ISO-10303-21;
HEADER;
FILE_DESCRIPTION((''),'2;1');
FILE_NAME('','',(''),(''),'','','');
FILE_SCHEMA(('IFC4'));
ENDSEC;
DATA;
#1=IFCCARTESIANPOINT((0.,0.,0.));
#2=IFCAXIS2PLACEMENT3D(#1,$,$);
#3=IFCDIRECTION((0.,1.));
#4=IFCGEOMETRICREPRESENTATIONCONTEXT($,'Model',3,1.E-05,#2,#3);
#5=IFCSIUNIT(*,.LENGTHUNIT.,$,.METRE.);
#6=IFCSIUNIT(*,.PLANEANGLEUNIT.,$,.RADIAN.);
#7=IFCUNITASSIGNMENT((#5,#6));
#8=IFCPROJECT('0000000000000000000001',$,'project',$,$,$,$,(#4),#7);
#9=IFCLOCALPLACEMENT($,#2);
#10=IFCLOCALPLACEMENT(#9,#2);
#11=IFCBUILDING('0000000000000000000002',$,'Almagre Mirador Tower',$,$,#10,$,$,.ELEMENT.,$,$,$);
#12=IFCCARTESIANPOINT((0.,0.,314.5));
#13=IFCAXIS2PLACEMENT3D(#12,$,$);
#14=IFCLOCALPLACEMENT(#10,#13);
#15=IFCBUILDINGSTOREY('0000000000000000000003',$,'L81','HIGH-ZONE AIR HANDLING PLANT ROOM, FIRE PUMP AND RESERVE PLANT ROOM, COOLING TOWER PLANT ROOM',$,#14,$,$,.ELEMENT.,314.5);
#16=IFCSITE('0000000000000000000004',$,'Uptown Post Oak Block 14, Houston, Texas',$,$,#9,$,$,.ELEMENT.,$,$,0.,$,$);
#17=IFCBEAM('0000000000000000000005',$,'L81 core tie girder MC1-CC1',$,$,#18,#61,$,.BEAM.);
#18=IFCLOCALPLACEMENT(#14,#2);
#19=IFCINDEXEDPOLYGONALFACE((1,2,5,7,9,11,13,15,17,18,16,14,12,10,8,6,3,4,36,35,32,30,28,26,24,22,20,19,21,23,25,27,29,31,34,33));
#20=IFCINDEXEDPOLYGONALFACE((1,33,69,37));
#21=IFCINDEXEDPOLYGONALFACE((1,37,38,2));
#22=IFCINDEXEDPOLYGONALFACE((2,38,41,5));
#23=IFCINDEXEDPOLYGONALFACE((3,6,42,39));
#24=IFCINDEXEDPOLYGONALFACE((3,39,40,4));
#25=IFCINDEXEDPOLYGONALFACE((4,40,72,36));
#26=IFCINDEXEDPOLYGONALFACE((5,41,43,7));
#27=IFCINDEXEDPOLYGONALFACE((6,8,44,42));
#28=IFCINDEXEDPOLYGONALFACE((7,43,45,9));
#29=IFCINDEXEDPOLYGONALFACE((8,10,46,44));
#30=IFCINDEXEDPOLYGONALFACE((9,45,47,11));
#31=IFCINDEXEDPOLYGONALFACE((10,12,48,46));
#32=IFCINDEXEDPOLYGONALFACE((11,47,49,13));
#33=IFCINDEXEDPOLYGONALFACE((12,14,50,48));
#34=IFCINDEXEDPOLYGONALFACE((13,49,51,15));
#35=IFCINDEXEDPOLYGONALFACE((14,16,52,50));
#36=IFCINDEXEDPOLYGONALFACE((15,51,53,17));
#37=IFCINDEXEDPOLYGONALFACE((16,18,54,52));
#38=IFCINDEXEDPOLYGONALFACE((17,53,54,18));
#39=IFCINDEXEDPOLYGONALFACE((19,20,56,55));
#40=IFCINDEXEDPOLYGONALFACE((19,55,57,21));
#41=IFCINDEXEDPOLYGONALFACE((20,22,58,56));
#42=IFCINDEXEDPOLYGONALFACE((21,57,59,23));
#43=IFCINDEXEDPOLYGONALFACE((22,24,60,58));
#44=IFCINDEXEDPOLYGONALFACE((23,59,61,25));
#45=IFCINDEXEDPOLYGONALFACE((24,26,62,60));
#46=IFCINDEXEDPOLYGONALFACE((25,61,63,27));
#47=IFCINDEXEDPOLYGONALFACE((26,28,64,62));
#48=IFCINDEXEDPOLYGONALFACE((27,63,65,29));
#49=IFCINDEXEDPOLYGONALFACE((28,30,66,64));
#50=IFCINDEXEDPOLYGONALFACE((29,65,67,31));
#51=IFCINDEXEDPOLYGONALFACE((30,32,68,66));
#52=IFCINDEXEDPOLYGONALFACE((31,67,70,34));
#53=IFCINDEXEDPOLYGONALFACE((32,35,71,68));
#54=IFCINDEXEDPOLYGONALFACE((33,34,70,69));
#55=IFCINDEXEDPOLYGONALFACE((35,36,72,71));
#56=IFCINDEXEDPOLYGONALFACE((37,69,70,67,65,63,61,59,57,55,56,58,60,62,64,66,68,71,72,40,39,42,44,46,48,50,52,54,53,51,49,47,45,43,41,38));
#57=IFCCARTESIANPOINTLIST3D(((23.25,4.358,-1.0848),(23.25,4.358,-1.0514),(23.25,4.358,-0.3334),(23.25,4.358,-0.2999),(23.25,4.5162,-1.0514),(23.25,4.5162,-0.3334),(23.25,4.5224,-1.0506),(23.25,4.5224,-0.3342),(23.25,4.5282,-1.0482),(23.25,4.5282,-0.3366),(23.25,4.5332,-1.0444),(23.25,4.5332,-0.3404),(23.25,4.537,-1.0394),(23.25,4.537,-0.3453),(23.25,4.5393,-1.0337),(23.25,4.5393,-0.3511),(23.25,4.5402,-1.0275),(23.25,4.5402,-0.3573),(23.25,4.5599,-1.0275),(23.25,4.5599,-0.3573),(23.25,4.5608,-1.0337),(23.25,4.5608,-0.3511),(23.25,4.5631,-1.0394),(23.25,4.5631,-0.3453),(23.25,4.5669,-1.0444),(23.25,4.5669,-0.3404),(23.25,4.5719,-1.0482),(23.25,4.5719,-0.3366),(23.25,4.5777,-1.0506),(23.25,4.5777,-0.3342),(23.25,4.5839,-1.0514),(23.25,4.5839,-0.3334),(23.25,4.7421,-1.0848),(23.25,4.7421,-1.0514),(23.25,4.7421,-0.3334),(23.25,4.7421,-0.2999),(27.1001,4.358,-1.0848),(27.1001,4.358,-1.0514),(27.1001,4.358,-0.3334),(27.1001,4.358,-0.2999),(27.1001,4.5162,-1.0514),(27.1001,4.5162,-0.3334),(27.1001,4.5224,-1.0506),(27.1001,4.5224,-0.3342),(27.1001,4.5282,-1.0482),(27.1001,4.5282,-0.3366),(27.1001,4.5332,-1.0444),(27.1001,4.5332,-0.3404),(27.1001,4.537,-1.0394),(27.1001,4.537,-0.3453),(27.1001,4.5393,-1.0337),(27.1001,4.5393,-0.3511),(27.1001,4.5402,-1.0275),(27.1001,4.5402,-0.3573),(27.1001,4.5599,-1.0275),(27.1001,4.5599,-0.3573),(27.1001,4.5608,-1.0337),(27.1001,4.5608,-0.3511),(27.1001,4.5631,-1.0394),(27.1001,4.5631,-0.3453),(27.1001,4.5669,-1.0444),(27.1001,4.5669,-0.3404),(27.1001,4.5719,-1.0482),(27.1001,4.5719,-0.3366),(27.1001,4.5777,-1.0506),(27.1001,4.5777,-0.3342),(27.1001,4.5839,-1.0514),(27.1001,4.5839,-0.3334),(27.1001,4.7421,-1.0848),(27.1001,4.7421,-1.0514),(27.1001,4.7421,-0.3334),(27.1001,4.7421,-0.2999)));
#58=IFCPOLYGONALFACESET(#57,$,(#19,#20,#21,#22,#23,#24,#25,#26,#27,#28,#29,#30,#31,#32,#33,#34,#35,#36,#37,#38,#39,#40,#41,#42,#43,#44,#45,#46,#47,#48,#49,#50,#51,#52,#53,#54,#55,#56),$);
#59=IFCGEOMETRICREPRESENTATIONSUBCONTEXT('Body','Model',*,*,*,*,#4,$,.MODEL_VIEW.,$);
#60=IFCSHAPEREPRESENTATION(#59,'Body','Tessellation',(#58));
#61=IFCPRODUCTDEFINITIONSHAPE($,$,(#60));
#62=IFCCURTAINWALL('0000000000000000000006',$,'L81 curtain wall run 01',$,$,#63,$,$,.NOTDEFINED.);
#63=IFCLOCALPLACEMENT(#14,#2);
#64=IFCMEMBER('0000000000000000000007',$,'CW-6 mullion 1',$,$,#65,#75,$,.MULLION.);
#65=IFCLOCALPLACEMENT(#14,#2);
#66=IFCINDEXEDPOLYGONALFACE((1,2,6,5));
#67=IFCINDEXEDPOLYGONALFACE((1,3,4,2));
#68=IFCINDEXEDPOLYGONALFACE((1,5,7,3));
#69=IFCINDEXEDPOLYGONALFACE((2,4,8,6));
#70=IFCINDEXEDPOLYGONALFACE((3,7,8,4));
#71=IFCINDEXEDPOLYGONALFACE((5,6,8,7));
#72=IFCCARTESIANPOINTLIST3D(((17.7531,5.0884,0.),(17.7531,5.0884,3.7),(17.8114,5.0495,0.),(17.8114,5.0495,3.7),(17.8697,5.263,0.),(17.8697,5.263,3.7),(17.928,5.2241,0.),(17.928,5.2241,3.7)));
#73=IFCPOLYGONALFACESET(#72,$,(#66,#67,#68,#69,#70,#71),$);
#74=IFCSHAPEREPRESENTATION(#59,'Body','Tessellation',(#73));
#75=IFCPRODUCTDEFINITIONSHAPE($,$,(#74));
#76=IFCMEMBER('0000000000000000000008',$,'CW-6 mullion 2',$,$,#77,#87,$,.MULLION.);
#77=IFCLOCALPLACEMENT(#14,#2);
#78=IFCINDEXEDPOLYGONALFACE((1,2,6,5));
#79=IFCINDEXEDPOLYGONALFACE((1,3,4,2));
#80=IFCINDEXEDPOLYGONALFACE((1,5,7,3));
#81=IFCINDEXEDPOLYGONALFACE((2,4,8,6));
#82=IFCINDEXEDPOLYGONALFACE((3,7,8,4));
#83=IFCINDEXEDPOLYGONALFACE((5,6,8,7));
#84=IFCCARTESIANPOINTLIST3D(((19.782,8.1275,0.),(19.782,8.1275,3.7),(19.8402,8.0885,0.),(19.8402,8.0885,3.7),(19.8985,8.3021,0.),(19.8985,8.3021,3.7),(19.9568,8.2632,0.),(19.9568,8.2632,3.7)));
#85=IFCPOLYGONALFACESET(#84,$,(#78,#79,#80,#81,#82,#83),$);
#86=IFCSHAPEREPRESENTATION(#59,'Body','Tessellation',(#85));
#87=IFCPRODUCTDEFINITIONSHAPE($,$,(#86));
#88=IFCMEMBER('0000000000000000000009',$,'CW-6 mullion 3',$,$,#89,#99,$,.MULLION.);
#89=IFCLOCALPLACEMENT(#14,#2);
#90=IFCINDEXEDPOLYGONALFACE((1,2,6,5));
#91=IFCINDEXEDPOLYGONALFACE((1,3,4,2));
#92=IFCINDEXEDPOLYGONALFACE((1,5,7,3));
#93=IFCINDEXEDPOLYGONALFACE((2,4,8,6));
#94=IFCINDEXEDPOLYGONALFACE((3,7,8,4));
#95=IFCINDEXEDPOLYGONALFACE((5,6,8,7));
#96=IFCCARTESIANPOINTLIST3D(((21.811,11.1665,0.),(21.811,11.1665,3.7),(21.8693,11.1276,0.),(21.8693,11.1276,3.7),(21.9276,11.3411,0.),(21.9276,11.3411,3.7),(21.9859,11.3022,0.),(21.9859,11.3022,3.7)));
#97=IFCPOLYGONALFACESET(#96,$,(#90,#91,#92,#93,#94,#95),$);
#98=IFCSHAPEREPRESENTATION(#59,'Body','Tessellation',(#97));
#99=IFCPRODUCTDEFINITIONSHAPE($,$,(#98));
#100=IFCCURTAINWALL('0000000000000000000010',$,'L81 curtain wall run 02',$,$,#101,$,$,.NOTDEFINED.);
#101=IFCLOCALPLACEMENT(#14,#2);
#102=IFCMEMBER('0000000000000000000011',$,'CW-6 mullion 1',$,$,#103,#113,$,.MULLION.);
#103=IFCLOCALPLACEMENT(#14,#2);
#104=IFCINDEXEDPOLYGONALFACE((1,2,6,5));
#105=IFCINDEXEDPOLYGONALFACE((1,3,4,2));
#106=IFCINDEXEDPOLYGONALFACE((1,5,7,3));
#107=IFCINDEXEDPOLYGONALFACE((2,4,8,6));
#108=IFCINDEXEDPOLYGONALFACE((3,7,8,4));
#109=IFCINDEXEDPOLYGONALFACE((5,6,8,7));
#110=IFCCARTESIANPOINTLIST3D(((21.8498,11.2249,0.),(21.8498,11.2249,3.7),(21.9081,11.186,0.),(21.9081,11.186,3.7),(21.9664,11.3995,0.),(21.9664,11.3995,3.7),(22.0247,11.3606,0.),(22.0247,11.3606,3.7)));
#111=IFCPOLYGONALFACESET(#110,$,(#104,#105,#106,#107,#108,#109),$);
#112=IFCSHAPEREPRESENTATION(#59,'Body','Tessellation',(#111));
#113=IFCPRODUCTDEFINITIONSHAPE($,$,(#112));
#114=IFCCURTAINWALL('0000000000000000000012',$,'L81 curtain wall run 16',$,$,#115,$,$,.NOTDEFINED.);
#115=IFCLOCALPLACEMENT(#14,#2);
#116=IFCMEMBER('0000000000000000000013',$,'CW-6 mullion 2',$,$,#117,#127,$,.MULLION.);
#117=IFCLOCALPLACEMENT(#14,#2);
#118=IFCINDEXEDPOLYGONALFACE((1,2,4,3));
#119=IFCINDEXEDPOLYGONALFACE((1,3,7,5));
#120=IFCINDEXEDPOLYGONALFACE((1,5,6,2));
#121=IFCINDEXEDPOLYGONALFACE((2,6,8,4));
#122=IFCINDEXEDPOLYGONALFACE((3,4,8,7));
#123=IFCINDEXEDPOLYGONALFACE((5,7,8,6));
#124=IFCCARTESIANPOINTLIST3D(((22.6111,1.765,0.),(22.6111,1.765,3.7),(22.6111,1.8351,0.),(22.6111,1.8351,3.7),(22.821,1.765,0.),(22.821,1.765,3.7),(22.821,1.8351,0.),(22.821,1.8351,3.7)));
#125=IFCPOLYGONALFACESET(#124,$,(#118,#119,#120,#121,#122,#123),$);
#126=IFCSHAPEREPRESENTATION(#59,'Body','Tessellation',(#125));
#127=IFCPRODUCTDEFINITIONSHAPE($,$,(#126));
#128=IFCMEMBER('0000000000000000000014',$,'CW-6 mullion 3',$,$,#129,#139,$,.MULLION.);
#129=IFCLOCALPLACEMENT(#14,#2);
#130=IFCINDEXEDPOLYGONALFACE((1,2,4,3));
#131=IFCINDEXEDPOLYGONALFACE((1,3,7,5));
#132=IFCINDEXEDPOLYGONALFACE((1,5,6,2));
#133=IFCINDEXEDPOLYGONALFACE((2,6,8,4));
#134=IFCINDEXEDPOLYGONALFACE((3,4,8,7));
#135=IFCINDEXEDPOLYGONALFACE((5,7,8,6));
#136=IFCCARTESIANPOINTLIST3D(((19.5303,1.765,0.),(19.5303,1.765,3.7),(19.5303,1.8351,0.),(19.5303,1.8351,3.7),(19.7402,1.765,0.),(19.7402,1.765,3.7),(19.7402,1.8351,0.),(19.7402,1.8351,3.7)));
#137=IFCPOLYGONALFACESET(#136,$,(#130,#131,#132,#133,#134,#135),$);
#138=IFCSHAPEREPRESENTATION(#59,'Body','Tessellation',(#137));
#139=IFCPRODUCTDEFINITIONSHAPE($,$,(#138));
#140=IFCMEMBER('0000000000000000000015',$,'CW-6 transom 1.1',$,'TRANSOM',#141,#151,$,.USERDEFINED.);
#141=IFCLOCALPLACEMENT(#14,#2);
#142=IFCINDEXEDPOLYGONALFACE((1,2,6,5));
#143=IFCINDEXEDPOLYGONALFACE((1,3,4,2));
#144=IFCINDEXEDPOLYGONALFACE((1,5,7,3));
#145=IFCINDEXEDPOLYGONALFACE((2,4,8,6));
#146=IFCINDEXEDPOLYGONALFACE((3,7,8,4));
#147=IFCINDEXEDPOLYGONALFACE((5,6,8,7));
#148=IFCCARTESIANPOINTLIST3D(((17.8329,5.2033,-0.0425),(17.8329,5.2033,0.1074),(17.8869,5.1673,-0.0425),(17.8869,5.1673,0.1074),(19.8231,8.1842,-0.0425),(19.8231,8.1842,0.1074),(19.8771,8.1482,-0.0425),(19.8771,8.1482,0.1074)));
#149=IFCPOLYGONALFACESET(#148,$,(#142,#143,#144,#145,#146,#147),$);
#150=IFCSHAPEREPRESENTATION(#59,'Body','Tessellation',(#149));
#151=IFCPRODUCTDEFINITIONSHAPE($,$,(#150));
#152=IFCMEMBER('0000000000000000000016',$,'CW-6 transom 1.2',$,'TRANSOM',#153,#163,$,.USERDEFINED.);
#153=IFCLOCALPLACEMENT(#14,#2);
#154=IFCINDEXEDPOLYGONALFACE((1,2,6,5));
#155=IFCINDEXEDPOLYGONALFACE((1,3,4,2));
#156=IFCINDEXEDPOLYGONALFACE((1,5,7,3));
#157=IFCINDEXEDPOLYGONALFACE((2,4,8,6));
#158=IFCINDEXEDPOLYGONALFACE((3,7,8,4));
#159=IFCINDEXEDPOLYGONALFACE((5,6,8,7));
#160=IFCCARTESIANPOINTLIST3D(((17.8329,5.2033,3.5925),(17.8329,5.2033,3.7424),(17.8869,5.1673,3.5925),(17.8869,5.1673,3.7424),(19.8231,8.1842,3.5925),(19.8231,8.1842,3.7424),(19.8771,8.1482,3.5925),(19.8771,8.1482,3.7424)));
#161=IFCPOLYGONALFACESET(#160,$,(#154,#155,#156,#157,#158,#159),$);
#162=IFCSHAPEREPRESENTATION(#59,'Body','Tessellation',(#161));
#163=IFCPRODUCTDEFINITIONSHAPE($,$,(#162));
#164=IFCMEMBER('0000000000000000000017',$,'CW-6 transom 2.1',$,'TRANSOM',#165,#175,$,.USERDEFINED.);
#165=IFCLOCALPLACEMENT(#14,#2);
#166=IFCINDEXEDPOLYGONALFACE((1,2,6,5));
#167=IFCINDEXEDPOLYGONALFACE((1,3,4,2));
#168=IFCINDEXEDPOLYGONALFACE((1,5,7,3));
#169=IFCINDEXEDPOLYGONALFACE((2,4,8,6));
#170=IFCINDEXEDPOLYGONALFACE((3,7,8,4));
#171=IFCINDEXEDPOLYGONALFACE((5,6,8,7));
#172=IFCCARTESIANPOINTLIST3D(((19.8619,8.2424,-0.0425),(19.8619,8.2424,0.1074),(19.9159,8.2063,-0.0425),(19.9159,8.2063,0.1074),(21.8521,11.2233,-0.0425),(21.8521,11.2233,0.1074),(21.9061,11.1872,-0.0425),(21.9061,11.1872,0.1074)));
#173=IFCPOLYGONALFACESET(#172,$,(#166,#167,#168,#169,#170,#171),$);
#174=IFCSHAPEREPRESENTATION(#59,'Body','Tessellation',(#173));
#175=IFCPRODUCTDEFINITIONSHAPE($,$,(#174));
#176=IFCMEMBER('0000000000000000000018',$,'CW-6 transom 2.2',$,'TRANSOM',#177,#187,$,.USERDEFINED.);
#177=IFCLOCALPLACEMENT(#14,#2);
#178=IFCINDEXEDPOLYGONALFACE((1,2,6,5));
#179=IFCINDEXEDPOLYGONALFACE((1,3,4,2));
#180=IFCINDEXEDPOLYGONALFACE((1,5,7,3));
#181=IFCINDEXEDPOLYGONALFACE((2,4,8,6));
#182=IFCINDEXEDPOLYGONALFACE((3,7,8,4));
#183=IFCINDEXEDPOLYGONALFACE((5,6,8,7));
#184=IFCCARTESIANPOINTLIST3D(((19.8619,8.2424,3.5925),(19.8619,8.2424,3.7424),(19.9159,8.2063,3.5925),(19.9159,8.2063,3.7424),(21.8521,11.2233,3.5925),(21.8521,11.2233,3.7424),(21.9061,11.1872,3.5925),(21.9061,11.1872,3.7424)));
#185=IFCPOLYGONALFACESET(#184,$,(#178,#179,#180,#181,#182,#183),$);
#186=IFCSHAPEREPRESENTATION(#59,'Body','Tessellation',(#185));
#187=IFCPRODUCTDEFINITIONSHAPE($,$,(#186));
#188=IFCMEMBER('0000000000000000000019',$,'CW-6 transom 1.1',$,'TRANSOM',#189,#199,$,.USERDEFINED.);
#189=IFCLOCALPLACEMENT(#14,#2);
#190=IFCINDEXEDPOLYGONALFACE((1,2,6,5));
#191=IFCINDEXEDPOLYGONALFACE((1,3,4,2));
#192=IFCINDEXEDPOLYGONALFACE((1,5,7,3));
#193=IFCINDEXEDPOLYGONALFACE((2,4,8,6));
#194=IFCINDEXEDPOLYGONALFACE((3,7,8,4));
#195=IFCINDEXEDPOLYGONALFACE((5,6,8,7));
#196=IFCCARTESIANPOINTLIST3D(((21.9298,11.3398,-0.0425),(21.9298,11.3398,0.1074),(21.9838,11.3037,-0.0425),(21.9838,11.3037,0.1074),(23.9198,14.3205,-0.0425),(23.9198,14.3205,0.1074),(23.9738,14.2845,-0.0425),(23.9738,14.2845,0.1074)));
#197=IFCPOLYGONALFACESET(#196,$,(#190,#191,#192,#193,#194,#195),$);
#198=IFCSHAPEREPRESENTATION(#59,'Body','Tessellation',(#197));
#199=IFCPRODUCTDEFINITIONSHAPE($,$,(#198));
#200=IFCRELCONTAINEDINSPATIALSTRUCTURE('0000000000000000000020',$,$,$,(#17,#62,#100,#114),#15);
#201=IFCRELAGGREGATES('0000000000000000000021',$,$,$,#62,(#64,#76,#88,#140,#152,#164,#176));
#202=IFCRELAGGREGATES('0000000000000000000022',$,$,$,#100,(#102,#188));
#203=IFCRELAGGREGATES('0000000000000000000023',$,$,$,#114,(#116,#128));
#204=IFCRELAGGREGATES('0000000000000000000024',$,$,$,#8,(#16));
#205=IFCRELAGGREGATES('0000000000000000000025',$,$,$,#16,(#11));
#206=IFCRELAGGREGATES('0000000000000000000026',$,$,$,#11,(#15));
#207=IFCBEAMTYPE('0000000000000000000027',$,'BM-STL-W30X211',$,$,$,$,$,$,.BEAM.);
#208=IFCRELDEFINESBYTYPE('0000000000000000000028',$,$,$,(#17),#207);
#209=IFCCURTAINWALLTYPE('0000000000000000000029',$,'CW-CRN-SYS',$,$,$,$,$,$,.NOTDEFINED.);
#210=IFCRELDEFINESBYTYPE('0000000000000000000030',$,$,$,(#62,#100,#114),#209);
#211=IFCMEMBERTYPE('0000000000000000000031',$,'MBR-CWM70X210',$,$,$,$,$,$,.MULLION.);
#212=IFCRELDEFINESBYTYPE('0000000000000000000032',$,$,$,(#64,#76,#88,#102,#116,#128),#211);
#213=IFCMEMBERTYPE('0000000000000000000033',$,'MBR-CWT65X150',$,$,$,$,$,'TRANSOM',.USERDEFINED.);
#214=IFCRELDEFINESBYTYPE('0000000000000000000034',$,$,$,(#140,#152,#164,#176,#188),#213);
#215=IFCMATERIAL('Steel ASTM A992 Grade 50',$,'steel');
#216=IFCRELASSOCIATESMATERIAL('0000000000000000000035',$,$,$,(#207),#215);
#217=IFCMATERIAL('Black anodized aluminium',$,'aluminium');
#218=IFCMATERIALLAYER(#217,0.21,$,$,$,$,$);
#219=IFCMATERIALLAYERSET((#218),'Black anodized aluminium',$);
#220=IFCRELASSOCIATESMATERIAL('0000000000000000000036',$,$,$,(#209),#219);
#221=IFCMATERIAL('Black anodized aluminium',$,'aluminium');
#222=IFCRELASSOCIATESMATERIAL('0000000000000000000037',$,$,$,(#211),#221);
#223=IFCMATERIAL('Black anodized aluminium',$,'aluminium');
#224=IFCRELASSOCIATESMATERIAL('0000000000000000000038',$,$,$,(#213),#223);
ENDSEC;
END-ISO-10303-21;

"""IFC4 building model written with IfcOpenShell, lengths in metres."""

from ifc_helpers import new_model, si_unit, direction, frame, origin, origin_2d, place, context, subcontext, project, spatial, rectangle, i_section, extrude, material, layer, layer_set, material_profile, profile_set, type_object, element, aggregate, save


model = new_model("IFC4")

# Units and contexts
model_context = context("Model", 3, precision=1e-05, world=origin(), true_north=direction((0.0, 1.0)))
body_context = subcontext(model_context, "Body", "Model", "MODEL_VIEW")
ifc_project = project(units=[si_unit("LENGTHUNIT", "METRE"), si_unit("PLANEANGLEUNIT", "RADIAN")], contexts=[model_context])

# Site, building, storey
site_placement = place(None, origin())
site = spatial("IfcSite", under=ifc_project, at=site_placement, Name="Uptown Post Oak Block 14, Houston, Texas", CompositionType="ELEMENT", RefElevation=0.0)
building_placement = place(site_placement, origin())
building = spatial("IfcBuilding", under=site, at=building_placement, Name="Almagre Mirador Tower", CompositionType="ELEMENT")
storey_placement = place(building_placement, frame((0.0, 0.0, 314.5)))
storey = spatial("IfcBuildingStorey", under=building, at=storey_placement, Name="L81", Description="HIGH-ZONE AIR HANDLING PLANT ROOM, FIRE PUMP AND RESERVE PLANT ROOM, COOLING TOWER PLANT ROOM", CompositionType="ELEMENT", Elevation=314.5)

# Beam
ifc_material_1 = material(Name="Steel ASTM A992 Grade 50", Category="steel")
ifc_material_profile_1 = material_profile(ifc_material_1, i_section(OverallWidth=0.384, OverallDepth=0.7849, WebThickness=0.0198, FlangeThickness=0.0334, FilletRadius=0.0239, at=origin_2d()), Name="W30X211")
ifc_profile_set_1 = profile_set([ifc_material_profile_1], Name="Steel ASTM A992 Grade 50")
beam_type_1 = type_object("IfcBeamType", Name="BM-STL-W30X211", PredefinedType="BEAM", material=ifc_profile_set_1)
beam_1_placement = place(storey_placement, frame((23.25, 4.55, -0.6924), z_axis=(1.0, 0.0, 0.0), x_axis=(0.0, 1.0, 0.0)))
element("IfcBeam", 1, at=beam_1_placement, inside=storey, type_object=beam_type_1, Name="L81 core tie girder MC1-CC1", PredefinedType="BEAM", context=body_context, shape_type="SweptSolid", body=[
    extrude(i_section(OverallWidth=0.384, OverallDepth=0.7849, WebThickness=0.0198, FlangeThickness=0.0334, FilletRadius=0.0239, at=origin_2d()), origin(), (0.0, 0.0, 1.0), 3.8501),
])

# Curtain wall, members
ifc_material_2 = material(Name="Black anodized aluminium", Category="aluminium")
ifc_layer_1 = layer(ifc_material_2, 0.21)
ifc_layer_set_1 = layer_set([ifc_layer_1], Name="Black anodized aluminium")
curtain_wall_type = type_object("IfcCurtainWallType", Name="CW-CRN-SYS", PredefinedType="NOTDEFINED", material=ifc_layer_set_1)
curtain_wall_1_placement = place(storey_placement, origin())
curtain_wall_1 = element("IfcCurtainWall", 2, at=curtain_wall_1_placement, inside=storey, type_object=curtain_wall_type, Name="L81 curtain wall run 01", PredefinedType="NOTDEFINED")
ifc_material_3 = material(Name="Black anodized aluminium", Category="aluminium")
ifc_material_profile_2 = material_profile(ifc_material_3, rectangle(XDim=0.0701, YDim=0.21, at=origin_2d()), Name="CWM70X210")
ifc_profile_set_2 = profile_set([ifc_material_profile_2], Name="Black anodized aluminium")
member_type_1 = type_object("IfcMemberType", Name="MBR-CWM70X210", PredefinedType="MULLION", material=ifc_profile_set_2)
member_1_placement = place(storey_placement, frame((17.8406, 5.1562, 0.0), z_axis=(0.0, 0.0, 1.0), x_axis=(-0.831679, 0.555257, 0.0)))
member_1 = element("IfcMember", 3, at=member_1_placement, type_object=member_type_1, Name="CW-6 mullion 1", PredefinedType="MULLION", context=body_context, shape_type="SweptSolid", body=[
    extrude(rectangle(XDim=0.0701, YDim=0.21, at=origin_2d()), origin(), (0.0, 0.0, 1.0), 3.7),
])
member_2_placement = place(storey_placement, frame((19.8694, 8.1953, 0.0), z_axis=(0.0, 0.0, 1.0), x_axis=(-0.831679, 0.555257, 0.0)))
member_2 = element("IfcMember", 4, at=member_2_placement, type_object=member_type_1, Name="CW-6 mullion 2", PredefinedType="MULLION", context=body_context, shape_type="SweptSolid", body=[
    extrude(rectangle(XDim=0.0701, YDim=0.21, at=origin_2d()), origin(), (0.0, 0.0, 1.0), 3.7),
])
member_3_placement = place(storey_placement, frame((21.8984, 11.2344, 0.0), z_axis=(0.0, 0.0, 1.0), x_axis=(-0.831679, 0.555257, 0.0)))
member_3 = element("IfcMember", 5, at=member_3_placement, type_object=member_type_1, Name="CW-6 mullion 3", PredefinedType="MULLION", context=body_context, shape_type="SweptSolid", body=[
    extrude(rectangle(XDim=0.0701, YDim=0.21, at=origin_2d()), origin(), (0.0, 0.0, 1.0), 3.7),
])

# Curtain wall, member
curtain_wall_2_placement = place(storey_placement, origin())
curtain_wall_2 = element("IfcCurtainWall", 6, at=curtain_wall_2_placement, inside=storey, type_object=curtain_wall_type, Name="L81 curtain wall run 02", PredefinedType="NOTDEFINED")
member_4_placement = place(storey_placement, frame((21.9373, 11.2927, 0.0), z_axis=(0.0, 0.0, 1.0), x_axis=(-0.831685, 0.555247, 0.0)))
member_4 = element("IfcMember", 7, at=member_4_placement, type_object=member_type_1, Name="CW-6 mullion 1", PredefinedType="MULLION", context=body_context, shape_type="SweptSolid", body=[
    extrude(rectangle(XDim=0.0701, YDim=0.21, at=origin_2d()), origin(), (0.0, 0.0, 1.0), 3.7),
])

# Curtain wall, members
curtain_wall_3_placement = place(storey_placement, origin())
curtain_wall_3 = element("IfcCurtainWall", 8, at=curtain_wall_3_placement, inside=storey, type_object=curtain_wall_type, Name="L81 curtain wall run 16", PredefinedType="NOTDEFINED")
member_5_placement = place(storey_placement, frame((22.7161, 1.8, 0.0), z_axis=(0.0, 0.0, 1.0), x_axis=(0.0, -1.0, 0.0)))
member_5 = element("IfcMember", 9, at=member_5_placement, type_object=member_type_1, Name="CW-6 mullion 2", PredefinedType="MULLION", context=body_context, shape_type="SweptSolid", body=[
    extrude(rectangle(XDim=0.0701, YDim=0.21, at=origin_2d()), origin(), (0.0, 0.0, 1.0), 3.7),
])
member_6_placement = place(storey_placement, frame((19.6353, 1.8, 0.0), z_axis=(0.0, 0.0, 1.0), x_axis=(0.0, -1.0, 0.0)))
member_6 = element("IfcMember", 10, at=member_6_placement, type_object=member_type_1, Name="CW-6 mullion 3", PredefinedType="MULLION", context=body_context, shape_type="SweptSolid", body=[
    extrude(rectangle(XDim=0.0701, YDim=0.21, at=origin_2d()), origin(), (0.0, 0.0, 1.0), 3.7),
])

# Members
ifc_material_4 = material(Name="Black anodized aluminium", Category="aluminium")
ifc_material_profile_3 = material_profile(ifc_material_4, rectangle(XDim=0.0649, YDim=0.1499, at=origin_2d()), Name="CWT65X150")
ifc_profile_set_3 = profile_set([ifc_material_profile_3], Name="Black anodized aluminium")
member_type_2 = type_object("IfcMemberType", Name="MBR-CWT65X150", ElementType="TRANSOM", PredefinedType="USERDEFINED", material=ifc_profile_set_3)
member_7_placement = place(storey_placement, frame((17.8599, 5.1853, 0.0325), z_axis=(0.555266, 0.831673, 0.0), x_axis=(-0.831673, 0.555266, 0.0)))
member_7 = element("IfcMember", 11, at=member_7_placement, type_object=member_type_2, Name="CW-6 transom 1.1", ObjectType="TRANSOM", PredefinedType="USERDEFINED", context=body_context, shape_type="SweptSolid", body=[
    extrude(rectangle(XDim=0.0649, YDim=0.1499, at=origin_2d()), origin(), (0.0, 0.0, 1.0), 3.5842),
])
member_8_placement = place(storey_placement, frame((17.8599, 5.1853, 3.6675), z_axis=(0.555266, 0.831673, 0.0), x_axis=(-0.831673, 0.555266, 0.0)))
member_8 = element("IfcMember", 12, at=member_8_placement, type_object=member_type_2, Name="CW-6 transom 1.2", ObjectType="TRANSOM", PredefinedType="USERDEFINED", context=body_context, shape_type="SweptSolid", body=[
    extrude(rectangle(XDim=0.0649, YDim=0.1499, at=origin_2d()), origin(), (0.0, 0.0, 1.0), 3.5842),
])
member_9_placement = place(storey_placement, frame((19.8889, 8.2244, 0.0325), z_axis=(0.555266, 0.831673, 0.0), x_axis=(-0.831673, 0.555266, 0.0)))
member_9 = element("IfcMember", 13, at=member_9_placement, type_object=member_type_2, Name="CW-6 transom 2.1", ObjectType="TRANSOM", PredefinedType="USERDEFINED", context=body_context, shape_type="SweptSolid", body=[
    extrude(rectangle(XDim=0.0649, YDim=0.1499, at=origin_2d()), origin(), (0.0, 0.0, 1.0), 3.5842),
])
member_10_placement = place(storey_placement, frame((19.8889, 8.2244, 3.6675), z_axis=(0.555266, 0.831673, 0.0), x_axis=(-0.831673, 0.555266, 0.0)))
member_10 = element("IfcMember", 14, at=member_10_placement, type_object=member_type_2, Name="CW-6 transom 2.2", ObjectType="TRANSOM", PredefinedType="USERDEFINED", context=body_context, shape_type="SweptSolid", body=[
    extrude(rectangle(XDim=0.0649, YDim=0.1499, at=origin_2d()), origin(), (0.0, 0.0, 1.0), 3.5842),
])
member_11_placement = place(storey_placement, frame((21.9568, 11.3218, 0.0325), z_axis=(0.55525, 0.831683, 0.0), x_axis=(-0.831683, 0.55525, 0.0)))
member_11 = element("IfcMember", 15, at=member_11_placement, type_object=member_type_2, Name="CW-6 transom 1.1", ObjectType="TRANSOM", PredefinedType="USERDEFINED", context=body_context, shape_type="SweptSolid", body=[
    extrude(rectangle(XDim=0.0649, YDim=0.1499, at=origin_2d()), origin(), (0.0, 0.0, 1.0), 3.584),
])

aggregate(curtain_wall_1, [member_1, member_2, member_3, member_7, member_8, member_9, member_10])
aggregate(curtain_wall_2, [member_4, member_11])
aggregate(curtain_wall_3, [member_5, member_6])

save(model, "model.ifc")
